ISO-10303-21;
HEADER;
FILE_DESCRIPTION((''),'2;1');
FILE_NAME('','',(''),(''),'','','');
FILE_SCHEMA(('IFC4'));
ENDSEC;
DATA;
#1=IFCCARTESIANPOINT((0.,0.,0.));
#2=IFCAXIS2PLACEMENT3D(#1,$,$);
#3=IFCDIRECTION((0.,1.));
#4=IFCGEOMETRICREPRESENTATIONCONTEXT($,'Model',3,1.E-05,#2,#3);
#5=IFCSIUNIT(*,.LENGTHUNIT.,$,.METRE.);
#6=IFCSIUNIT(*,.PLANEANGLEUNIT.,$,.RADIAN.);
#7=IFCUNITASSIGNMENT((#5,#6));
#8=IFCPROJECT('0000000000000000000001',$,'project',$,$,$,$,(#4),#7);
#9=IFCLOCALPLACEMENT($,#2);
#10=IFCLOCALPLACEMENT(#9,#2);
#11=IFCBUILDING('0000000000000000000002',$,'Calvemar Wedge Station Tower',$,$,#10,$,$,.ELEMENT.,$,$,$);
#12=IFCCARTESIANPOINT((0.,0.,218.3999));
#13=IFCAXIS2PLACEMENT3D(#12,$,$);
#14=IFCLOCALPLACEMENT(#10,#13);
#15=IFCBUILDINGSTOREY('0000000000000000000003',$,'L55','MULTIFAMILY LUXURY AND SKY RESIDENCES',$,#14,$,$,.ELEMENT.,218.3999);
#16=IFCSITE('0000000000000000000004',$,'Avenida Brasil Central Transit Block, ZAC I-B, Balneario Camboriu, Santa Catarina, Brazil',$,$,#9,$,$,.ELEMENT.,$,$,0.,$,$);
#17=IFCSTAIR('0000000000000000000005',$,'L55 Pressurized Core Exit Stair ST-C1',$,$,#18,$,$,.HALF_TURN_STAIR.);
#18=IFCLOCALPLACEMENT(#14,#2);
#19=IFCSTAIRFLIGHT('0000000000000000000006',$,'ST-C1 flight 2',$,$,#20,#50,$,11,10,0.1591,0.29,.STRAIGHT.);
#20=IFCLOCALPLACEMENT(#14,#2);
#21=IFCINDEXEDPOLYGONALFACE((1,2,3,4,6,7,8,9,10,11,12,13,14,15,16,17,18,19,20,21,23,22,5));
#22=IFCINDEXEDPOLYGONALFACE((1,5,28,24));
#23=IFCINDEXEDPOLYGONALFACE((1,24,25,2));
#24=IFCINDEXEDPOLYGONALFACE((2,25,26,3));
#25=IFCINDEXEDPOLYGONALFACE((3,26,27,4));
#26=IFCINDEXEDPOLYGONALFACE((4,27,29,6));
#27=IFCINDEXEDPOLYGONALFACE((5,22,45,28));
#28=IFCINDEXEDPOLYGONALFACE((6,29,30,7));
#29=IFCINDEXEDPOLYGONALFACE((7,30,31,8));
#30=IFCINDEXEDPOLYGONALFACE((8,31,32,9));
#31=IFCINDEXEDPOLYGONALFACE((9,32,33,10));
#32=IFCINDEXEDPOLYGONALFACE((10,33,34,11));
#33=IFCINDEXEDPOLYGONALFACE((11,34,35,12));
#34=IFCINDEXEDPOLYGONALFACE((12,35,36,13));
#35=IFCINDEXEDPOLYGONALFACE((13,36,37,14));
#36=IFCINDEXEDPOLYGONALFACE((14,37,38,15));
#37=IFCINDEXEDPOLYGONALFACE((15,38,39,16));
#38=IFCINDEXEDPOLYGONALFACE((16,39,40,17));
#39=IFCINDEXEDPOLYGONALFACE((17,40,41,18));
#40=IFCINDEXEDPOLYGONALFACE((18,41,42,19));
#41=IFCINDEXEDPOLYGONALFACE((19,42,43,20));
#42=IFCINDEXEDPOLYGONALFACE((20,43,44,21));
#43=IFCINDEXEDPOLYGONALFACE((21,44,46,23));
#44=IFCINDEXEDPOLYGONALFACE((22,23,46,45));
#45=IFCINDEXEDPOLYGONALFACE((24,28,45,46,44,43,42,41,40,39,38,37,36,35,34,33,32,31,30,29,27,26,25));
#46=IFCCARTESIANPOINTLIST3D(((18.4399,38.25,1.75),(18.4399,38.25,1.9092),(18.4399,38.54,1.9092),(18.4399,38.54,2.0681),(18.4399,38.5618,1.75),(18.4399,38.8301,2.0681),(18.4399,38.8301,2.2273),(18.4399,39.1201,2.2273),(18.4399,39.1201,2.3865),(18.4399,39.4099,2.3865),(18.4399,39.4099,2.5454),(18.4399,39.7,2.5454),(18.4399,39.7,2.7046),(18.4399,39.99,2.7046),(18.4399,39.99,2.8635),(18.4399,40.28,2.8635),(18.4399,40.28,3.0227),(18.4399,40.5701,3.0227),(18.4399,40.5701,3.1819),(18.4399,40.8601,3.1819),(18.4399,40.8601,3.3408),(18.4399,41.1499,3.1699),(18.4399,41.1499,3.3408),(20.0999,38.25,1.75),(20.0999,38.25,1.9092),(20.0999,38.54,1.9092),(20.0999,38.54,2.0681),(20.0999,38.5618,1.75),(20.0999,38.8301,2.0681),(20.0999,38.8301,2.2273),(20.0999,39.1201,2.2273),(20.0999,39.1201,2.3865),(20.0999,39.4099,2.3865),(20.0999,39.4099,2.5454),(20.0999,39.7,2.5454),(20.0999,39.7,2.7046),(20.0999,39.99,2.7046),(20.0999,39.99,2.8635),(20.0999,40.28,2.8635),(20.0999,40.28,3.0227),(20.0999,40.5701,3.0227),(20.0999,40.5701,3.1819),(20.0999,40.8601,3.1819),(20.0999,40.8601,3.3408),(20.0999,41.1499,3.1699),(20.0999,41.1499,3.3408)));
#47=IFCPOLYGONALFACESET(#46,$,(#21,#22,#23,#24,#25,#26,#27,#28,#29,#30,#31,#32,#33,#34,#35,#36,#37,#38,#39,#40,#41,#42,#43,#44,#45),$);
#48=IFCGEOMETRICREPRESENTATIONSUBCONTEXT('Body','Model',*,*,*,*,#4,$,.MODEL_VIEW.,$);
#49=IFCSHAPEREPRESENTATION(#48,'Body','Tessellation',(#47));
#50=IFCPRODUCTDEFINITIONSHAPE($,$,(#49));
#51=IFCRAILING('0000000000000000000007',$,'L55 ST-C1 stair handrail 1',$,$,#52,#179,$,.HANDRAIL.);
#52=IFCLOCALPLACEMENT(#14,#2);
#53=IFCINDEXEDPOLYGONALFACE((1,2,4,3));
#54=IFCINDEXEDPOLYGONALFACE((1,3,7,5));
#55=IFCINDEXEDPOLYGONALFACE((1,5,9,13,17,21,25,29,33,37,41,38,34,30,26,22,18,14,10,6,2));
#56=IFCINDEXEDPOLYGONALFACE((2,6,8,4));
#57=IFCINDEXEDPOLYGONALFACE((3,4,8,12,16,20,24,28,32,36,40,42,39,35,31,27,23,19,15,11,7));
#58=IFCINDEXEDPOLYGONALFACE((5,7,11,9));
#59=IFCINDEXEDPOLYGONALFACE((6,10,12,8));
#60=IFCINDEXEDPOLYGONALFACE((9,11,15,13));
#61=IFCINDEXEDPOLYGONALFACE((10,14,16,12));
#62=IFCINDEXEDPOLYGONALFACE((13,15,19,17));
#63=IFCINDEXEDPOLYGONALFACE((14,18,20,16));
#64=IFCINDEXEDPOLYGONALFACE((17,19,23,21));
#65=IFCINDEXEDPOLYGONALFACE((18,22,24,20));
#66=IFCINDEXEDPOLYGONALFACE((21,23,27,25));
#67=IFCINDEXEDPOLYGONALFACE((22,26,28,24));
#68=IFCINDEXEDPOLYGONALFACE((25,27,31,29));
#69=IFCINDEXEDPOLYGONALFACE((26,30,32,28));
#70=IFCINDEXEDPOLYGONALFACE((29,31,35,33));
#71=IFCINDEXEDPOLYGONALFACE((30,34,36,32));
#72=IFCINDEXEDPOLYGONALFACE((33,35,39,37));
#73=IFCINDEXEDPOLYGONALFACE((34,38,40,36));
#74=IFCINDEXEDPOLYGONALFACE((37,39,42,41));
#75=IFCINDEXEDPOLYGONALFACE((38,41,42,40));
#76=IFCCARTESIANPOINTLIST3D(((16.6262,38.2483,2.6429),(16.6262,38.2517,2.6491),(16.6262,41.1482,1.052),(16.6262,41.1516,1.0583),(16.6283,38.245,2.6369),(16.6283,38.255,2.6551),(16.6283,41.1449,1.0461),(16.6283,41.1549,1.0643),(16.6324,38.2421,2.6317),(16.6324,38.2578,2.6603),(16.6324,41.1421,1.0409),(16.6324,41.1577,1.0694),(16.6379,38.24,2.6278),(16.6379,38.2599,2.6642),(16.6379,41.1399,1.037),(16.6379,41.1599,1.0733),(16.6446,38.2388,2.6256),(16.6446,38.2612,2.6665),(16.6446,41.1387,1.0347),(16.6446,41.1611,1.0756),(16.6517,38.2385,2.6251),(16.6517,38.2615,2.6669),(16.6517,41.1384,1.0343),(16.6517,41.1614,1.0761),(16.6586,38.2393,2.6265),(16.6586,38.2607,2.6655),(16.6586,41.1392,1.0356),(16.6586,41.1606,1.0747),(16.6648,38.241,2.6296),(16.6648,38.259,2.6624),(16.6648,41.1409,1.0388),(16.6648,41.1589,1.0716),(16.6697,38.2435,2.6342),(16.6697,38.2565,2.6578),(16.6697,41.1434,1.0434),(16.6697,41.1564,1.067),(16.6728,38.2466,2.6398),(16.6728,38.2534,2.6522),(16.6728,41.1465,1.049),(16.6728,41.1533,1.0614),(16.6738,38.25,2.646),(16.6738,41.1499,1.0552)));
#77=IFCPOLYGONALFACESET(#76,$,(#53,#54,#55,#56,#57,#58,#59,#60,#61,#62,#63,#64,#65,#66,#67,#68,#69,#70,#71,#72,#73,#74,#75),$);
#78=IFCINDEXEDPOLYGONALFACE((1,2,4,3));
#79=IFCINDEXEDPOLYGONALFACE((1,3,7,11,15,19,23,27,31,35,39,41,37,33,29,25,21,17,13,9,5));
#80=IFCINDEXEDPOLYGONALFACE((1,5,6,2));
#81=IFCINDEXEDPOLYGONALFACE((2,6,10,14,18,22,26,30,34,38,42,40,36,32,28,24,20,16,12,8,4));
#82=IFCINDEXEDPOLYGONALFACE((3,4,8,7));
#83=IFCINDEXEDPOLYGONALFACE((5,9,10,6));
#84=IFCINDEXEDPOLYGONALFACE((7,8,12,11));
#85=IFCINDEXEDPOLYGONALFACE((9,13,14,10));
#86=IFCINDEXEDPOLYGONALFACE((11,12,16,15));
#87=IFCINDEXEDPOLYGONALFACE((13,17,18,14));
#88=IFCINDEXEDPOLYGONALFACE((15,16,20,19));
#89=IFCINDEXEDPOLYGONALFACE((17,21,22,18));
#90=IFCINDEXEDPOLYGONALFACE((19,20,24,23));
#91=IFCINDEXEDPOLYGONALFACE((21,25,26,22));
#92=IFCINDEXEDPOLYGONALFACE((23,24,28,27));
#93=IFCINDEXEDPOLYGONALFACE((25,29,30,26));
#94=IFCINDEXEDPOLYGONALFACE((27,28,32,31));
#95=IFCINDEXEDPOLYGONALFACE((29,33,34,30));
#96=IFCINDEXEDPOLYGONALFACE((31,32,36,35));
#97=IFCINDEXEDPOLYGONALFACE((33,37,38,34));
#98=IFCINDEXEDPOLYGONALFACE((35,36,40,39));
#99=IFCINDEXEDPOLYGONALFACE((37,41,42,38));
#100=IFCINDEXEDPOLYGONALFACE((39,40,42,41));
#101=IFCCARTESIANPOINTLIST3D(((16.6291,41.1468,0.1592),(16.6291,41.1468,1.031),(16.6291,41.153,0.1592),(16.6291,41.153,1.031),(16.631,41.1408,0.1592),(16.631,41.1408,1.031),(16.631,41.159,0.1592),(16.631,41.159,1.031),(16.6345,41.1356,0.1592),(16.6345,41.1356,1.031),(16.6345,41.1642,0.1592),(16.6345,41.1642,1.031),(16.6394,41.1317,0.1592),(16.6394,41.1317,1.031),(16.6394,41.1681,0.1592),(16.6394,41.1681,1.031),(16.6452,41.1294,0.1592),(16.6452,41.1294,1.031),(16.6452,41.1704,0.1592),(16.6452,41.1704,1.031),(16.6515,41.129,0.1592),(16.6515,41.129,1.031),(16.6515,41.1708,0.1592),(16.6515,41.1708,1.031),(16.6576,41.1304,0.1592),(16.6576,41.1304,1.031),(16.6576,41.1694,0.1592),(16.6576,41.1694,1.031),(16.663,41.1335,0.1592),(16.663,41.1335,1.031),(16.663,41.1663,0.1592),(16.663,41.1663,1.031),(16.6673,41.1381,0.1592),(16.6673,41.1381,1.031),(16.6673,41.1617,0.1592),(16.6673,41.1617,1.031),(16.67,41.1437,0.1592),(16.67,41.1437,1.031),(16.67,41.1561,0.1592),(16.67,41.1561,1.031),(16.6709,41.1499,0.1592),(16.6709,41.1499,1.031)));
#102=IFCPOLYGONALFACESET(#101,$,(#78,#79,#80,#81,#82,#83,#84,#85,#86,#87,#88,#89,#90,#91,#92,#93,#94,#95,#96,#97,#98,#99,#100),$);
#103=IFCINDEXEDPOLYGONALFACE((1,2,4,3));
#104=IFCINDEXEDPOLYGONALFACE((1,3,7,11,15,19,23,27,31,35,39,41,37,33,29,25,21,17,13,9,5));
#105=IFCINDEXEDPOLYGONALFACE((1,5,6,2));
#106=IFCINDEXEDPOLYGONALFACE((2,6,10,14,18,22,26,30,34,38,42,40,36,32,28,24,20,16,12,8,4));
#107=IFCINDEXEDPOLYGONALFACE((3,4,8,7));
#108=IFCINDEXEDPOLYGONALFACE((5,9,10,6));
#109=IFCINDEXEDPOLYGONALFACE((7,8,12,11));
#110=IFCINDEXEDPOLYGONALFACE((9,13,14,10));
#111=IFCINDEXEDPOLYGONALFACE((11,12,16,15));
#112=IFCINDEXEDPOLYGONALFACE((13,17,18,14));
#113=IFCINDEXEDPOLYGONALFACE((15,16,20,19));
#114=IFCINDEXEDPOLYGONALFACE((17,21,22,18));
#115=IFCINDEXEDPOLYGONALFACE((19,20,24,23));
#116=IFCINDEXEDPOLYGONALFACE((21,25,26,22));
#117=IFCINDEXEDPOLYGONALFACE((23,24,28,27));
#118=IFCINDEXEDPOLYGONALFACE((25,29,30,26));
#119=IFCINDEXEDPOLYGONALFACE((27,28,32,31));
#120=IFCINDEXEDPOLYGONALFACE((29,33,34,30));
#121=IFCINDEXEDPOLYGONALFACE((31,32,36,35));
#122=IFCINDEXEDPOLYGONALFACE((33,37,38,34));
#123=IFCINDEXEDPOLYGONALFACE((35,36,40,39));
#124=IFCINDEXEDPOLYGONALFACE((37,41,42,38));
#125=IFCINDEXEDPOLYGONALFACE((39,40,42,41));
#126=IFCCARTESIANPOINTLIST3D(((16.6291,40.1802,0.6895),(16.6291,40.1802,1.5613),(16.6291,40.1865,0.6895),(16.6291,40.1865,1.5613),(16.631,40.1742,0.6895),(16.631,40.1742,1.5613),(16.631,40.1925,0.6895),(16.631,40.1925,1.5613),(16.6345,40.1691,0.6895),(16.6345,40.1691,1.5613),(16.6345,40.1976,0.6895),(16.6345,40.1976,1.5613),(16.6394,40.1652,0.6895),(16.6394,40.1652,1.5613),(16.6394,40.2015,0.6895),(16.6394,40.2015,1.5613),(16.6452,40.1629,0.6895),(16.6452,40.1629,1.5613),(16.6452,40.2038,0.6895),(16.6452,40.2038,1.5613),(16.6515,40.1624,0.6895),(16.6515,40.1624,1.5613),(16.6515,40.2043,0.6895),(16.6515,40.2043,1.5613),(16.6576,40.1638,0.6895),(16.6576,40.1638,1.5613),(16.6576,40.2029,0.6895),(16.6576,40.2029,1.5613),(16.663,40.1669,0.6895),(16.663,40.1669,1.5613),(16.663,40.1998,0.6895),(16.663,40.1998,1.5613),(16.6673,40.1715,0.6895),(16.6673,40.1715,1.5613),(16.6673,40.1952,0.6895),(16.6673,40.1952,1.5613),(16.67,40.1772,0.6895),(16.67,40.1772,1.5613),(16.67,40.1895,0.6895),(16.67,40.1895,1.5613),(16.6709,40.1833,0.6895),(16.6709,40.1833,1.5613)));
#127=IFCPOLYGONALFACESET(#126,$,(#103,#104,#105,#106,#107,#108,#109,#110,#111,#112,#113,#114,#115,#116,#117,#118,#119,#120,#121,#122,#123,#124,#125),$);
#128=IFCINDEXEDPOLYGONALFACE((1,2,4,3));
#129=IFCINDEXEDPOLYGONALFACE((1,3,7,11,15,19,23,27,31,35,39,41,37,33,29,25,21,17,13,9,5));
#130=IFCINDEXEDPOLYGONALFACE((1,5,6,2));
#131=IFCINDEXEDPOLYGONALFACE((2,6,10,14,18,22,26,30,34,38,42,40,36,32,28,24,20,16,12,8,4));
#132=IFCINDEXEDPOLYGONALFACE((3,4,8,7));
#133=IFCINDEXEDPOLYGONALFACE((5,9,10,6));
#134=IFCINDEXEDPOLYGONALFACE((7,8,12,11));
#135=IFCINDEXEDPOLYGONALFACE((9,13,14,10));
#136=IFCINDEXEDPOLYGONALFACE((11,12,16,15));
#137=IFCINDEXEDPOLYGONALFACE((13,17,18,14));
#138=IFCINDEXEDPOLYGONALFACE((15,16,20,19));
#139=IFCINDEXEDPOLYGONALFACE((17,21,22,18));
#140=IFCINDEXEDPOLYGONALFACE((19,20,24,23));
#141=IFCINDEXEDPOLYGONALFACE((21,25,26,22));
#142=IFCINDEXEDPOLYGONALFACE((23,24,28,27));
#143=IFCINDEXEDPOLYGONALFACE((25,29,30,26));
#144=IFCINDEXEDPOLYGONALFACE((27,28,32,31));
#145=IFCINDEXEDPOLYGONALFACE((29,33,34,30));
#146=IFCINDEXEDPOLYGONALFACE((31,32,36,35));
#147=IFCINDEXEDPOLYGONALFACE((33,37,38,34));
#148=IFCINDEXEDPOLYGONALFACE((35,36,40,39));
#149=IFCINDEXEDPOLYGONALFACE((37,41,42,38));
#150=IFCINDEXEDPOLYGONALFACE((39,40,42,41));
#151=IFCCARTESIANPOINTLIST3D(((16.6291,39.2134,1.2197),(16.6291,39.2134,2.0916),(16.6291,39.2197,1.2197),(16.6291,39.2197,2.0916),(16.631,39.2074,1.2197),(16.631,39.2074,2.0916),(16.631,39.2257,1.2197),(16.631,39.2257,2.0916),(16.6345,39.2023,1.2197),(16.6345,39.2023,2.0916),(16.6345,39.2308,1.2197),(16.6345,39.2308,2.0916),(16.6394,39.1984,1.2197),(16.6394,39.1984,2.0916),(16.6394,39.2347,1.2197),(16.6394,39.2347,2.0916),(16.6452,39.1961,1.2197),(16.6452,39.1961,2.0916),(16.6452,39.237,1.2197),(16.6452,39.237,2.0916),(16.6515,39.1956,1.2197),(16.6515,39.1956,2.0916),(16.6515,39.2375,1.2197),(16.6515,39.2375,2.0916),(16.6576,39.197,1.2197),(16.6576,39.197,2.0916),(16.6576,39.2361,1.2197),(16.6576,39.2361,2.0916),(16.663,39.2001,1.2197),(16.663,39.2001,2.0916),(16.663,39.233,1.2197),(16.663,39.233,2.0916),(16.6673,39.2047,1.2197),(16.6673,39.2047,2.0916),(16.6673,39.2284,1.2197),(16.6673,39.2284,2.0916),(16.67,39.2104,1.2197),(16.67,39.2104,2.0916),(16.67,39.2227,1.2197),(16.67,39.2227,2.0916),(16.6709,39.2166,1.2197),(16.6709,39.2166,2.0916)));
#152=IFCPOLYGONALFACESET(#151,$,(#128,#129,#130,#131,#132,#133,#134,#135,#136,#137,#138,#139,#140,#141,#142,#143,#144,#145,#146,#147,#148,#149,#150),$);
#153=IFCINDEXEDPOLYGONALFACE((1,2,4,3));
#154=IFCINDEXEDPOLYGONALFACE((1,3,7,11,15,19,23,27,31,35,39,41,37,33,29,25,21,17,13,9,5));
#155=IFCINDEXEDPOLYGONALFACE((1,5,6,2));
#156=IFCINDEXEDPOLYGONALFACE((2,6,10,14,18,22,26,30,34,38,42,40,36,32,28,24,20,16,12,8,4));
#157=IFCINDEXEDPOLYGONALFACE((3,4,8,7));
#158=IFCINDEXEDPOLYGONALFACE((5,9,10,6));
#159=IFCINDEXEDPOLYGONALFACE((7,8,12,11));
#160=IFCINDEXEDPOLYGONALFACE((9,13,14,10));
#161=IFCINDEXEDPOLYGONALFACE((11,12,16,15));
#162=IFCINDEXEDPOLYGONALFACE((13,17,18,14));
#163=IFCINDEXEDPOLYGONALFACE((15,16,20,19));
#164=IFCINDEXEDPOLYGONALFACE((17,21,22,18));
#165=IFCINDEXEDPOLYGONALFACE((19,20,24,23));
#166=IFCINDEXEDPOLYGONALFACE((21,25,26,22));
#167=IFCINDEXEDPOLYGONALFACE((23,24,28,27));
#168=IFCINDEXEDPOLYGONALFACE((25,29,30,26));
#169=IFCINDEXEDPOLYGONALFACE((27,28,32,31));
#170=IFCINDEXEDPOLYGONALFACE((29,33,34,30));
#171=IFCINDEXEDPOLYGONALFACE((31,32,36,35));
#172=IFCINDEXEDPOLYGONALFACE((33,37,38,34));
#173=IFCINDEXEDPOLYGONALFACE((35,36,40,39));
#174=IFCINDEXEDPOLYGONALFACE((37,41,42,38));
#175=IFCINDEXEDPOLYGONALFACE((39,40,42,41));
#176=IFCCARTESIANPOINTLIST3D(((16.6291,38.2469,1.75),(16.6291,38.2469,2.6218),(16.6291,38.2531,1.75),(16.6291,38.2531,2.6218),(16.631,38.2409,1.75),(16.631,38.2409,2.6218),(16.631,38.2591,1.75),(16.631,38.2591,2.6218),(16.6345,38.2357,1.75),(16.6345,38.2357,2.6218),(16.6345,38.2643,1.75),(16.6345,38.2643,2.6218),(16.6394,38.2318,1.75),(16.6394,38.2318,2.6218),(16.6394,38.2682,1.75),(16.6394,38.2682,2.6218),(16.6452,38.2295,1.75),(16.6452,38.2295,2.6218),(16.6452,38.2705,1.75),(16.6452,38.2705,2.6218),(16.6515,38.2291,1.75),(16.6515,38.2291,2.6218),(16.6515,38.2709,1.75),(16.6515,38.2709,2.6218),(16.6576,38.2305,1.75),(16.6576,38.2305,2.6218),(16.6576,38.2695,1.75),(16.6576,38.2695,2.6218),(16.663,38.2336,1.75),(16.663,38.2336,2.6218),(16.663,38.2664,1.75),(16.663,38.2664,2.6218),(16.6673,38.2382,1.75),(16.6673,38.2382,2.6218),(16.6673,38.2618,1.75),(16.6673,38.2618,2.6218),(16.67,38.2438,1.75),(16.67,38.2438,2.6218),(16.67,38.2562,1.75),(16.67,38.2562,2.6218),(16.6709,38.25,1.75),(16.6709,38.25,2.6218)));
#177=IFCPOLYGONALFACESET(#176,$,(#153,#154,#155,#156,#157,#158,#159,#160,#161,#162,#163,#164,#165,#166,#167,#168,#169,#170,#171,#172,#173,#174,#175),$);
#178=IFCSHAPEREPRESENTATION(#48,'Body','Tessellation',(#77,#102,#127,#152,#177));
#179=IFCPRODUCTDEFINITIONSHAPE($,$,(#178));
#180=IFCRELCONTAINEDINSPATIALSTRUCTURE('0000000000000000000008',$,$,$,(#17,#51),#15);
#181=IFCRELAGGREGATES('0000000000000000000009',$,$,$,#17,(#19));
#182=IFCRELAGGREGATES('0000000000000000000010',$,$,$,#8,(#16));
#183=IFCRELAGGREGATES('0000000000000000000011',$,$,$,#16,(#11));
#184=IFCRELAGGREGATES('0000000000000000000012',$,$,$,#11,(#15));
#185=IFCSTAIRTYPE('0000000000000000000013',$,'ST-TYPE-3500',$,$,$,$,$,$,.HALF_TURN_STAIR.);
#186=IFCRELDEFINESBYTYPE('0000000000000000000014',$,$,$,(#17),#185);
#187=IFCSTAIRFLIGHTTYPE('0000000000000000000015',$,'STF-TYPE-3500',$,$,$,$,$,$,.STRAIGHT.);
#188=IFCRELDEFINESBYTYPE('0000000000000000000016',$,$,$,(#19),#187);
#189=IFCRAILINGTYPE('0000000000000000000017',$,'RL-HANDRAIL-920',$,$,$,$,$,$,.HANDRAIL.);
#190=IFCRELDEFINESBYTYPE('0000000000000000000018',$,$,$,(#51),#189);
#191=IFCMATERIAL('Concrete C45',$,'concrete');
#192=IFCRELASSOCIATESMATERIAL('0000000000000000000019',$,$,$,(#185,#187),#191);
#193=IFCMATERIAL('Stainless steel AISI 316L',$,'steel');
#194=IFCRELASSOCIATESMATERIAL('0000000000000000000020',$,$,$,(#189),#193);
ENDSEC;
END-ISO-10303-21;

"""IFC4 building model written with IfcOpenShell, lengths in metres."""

from ifc_helpers import new_model, si_unit, direction, frame, origin, origin_2d, place, context, subcontext, project, spatial, polyline, circle, outline, extrude, material, type_object, element, aggregate, save


model = new_model("IFC4")

# Units and contexts
model_context = context("Model", 3, precision=1e-05, world=origin(), true_north=direction((0.0, 1.0)))
body_context = subcontext(model_context, "Body", "Model", "MODEL_VIEW")
ifc_project = project(units=[si_unit("LENGTHUNIT", "METRE"), si_unit("PLANEANGLEUNIT", "RADIAN")], contexts=[model_context])

# Site, building, storey
site_placement = place(None, origin())
site = spatial("IfcSite", under=ifc_project, at=site_placement, Name="Avenida Brasil Central Transit Block, ZAC I-B, Balneario Camboriu, Santa Catarina, Brazil", CompositionType="ELEMENT", RefElevation=0.0)
building_placement = place(site_placement, origin())
building = spatial("IfcBuilding", under=site, at=building_placement, Name="Calvemar Wedge Station Tower", CompositionType="ELEMENT")
storey_placement = place(building_placement, frame((0.0, 0.0, 218.3999)))
storey = spatial("IfcBuildingStorey", under=building, at=storey_placement, Name="L55", Description="MULTIFAMILY LUXURY AND SKY RESIDENCES", CompositionType="ELEMENT", Elevation=218.3999)

# Stair, stair flight
ifc_material_1 = material(Name="Concrete C45", Category="concrete")
stair_type = type_object("IfcStairType", Name="ST-TYPE-3500", PredefinedType="HALF_TURN_STAIR", material=ifc_material_1)
stair_placement = place(storey_placement, origin())
stair = element("IfcStair", 1, at=stair_placement, inside=storey, type_object=stair_type, Name="L55 Pressurized Core Exit Stair ST-C1", PredefinedType="HALF_TURN_STAIR")
stair_flight_type = type_object("IfcStairFlightType", Name="STF-TYPE-3500", PredefinedType="STRAIGHT", material=ifc_material_1)
stair_flight_placement = place(storey_placement, frame((19.27, 38.25, 1.75), z_axis=(0.0, 0.0, 1.0), x_axis=(0.0, 1.0, 0.0)))
stair_flight = element("IfcStairFlight", 2, at=stair_flight_placement, type_object=stair_flight_type, Name="ST-C1 flight 2", NumberOfRisers=11, NumberOfTreads=10, PredefinedType="STRAIGHT", RiserHeight=0.1591, TreadLength=0.29, context=body_context, shape_type="SweptSolid", body=[
    extrude(outline(polyline([(0.0, 0.0), (0.0, 0.1592), (0.29, 0.1592), (0.29, 0.3181), (0.5801, 0.3181), (0.5801, 0.4773), (0.8701, 0.4773), (0.8701, 0.6365), (1.1599, 0.6365), (1.1599, 0.7954), (1.45, 0.7954), (1.45, 0.9546), (1.74, 0.9546), (1.74, 1.1135), (2.03, 1.1135), (2.03, 1.2727), (2.3201, 1.2727), (2.3201, 1.4319), (2.6101, 1.4319), (2.6101, 1.5908), (2.8999, 1.5908), (2.8999, 1.75), (2.8999, 1.4199), (0.3118, 0.0), (0.0, 0.0)])), frame((0.0, 0.8301, 0.0), z_axis=(0.0, -1.0, 0.0), x_axis=(1.0, 0.0, 0.0)), (0.0, 0.0, 1.0), 1.6599),
])
aggregate(stair, [stair_flight])

# Railing
ifc_material_2 = material(Name="Stainless steel AISI 316L", Category="steel")
railing_type_1 = type_object("IfcRailingType", Name="RL-HANDRAIL-920", PredefinedType="HANDRAIL", material=ifc_material_2)
railing_1_placement = place(storey_placement, frame((16.6499, 41.1499, 0.1592)))
element("IfcRailing", 3, at=railing_1_placement, inside=storey, type_object=railing_type_1, Name="L55 ST-C1 stair handrail 1", PredefinedType="HANDRAIL", context=body_context, shape_type="SweptSolid", body=[
    extrude(circle(Radius=0.0239, at=origin_2d()), frame((0.0, 0.0, 0.896), z_axis=(0.0, -0.876742, 0.480961), x_axis=(1.0, 0.0, 0.0)), (0.0, 0.0, 1.0), 3.3076),
    extrude(circle(Radius=0.021, at=origin_2d()), origin(), (0.0, 0.0, 1.0), 0.8718),
    extrude(circle(Radius=0.021, at=origin_2d()), frame((0.0, -0.9666, 0.5303)), (0.0, 0.0, 1.0), 0.8718),
    extrude(circle(Radius=0.021, at=origin_2d()), frame((0.0, -1.9333, 1.0605)), (0.0, 0.0, 1.0), 0.8718),
    extrude(circle(Radius=0.021, at=origin_2d()), frame((0.0, -2.8999, 1.5908)), (0.0, 0.0, 1.0), 0.8718),
])

save(model, "model.ifc")
